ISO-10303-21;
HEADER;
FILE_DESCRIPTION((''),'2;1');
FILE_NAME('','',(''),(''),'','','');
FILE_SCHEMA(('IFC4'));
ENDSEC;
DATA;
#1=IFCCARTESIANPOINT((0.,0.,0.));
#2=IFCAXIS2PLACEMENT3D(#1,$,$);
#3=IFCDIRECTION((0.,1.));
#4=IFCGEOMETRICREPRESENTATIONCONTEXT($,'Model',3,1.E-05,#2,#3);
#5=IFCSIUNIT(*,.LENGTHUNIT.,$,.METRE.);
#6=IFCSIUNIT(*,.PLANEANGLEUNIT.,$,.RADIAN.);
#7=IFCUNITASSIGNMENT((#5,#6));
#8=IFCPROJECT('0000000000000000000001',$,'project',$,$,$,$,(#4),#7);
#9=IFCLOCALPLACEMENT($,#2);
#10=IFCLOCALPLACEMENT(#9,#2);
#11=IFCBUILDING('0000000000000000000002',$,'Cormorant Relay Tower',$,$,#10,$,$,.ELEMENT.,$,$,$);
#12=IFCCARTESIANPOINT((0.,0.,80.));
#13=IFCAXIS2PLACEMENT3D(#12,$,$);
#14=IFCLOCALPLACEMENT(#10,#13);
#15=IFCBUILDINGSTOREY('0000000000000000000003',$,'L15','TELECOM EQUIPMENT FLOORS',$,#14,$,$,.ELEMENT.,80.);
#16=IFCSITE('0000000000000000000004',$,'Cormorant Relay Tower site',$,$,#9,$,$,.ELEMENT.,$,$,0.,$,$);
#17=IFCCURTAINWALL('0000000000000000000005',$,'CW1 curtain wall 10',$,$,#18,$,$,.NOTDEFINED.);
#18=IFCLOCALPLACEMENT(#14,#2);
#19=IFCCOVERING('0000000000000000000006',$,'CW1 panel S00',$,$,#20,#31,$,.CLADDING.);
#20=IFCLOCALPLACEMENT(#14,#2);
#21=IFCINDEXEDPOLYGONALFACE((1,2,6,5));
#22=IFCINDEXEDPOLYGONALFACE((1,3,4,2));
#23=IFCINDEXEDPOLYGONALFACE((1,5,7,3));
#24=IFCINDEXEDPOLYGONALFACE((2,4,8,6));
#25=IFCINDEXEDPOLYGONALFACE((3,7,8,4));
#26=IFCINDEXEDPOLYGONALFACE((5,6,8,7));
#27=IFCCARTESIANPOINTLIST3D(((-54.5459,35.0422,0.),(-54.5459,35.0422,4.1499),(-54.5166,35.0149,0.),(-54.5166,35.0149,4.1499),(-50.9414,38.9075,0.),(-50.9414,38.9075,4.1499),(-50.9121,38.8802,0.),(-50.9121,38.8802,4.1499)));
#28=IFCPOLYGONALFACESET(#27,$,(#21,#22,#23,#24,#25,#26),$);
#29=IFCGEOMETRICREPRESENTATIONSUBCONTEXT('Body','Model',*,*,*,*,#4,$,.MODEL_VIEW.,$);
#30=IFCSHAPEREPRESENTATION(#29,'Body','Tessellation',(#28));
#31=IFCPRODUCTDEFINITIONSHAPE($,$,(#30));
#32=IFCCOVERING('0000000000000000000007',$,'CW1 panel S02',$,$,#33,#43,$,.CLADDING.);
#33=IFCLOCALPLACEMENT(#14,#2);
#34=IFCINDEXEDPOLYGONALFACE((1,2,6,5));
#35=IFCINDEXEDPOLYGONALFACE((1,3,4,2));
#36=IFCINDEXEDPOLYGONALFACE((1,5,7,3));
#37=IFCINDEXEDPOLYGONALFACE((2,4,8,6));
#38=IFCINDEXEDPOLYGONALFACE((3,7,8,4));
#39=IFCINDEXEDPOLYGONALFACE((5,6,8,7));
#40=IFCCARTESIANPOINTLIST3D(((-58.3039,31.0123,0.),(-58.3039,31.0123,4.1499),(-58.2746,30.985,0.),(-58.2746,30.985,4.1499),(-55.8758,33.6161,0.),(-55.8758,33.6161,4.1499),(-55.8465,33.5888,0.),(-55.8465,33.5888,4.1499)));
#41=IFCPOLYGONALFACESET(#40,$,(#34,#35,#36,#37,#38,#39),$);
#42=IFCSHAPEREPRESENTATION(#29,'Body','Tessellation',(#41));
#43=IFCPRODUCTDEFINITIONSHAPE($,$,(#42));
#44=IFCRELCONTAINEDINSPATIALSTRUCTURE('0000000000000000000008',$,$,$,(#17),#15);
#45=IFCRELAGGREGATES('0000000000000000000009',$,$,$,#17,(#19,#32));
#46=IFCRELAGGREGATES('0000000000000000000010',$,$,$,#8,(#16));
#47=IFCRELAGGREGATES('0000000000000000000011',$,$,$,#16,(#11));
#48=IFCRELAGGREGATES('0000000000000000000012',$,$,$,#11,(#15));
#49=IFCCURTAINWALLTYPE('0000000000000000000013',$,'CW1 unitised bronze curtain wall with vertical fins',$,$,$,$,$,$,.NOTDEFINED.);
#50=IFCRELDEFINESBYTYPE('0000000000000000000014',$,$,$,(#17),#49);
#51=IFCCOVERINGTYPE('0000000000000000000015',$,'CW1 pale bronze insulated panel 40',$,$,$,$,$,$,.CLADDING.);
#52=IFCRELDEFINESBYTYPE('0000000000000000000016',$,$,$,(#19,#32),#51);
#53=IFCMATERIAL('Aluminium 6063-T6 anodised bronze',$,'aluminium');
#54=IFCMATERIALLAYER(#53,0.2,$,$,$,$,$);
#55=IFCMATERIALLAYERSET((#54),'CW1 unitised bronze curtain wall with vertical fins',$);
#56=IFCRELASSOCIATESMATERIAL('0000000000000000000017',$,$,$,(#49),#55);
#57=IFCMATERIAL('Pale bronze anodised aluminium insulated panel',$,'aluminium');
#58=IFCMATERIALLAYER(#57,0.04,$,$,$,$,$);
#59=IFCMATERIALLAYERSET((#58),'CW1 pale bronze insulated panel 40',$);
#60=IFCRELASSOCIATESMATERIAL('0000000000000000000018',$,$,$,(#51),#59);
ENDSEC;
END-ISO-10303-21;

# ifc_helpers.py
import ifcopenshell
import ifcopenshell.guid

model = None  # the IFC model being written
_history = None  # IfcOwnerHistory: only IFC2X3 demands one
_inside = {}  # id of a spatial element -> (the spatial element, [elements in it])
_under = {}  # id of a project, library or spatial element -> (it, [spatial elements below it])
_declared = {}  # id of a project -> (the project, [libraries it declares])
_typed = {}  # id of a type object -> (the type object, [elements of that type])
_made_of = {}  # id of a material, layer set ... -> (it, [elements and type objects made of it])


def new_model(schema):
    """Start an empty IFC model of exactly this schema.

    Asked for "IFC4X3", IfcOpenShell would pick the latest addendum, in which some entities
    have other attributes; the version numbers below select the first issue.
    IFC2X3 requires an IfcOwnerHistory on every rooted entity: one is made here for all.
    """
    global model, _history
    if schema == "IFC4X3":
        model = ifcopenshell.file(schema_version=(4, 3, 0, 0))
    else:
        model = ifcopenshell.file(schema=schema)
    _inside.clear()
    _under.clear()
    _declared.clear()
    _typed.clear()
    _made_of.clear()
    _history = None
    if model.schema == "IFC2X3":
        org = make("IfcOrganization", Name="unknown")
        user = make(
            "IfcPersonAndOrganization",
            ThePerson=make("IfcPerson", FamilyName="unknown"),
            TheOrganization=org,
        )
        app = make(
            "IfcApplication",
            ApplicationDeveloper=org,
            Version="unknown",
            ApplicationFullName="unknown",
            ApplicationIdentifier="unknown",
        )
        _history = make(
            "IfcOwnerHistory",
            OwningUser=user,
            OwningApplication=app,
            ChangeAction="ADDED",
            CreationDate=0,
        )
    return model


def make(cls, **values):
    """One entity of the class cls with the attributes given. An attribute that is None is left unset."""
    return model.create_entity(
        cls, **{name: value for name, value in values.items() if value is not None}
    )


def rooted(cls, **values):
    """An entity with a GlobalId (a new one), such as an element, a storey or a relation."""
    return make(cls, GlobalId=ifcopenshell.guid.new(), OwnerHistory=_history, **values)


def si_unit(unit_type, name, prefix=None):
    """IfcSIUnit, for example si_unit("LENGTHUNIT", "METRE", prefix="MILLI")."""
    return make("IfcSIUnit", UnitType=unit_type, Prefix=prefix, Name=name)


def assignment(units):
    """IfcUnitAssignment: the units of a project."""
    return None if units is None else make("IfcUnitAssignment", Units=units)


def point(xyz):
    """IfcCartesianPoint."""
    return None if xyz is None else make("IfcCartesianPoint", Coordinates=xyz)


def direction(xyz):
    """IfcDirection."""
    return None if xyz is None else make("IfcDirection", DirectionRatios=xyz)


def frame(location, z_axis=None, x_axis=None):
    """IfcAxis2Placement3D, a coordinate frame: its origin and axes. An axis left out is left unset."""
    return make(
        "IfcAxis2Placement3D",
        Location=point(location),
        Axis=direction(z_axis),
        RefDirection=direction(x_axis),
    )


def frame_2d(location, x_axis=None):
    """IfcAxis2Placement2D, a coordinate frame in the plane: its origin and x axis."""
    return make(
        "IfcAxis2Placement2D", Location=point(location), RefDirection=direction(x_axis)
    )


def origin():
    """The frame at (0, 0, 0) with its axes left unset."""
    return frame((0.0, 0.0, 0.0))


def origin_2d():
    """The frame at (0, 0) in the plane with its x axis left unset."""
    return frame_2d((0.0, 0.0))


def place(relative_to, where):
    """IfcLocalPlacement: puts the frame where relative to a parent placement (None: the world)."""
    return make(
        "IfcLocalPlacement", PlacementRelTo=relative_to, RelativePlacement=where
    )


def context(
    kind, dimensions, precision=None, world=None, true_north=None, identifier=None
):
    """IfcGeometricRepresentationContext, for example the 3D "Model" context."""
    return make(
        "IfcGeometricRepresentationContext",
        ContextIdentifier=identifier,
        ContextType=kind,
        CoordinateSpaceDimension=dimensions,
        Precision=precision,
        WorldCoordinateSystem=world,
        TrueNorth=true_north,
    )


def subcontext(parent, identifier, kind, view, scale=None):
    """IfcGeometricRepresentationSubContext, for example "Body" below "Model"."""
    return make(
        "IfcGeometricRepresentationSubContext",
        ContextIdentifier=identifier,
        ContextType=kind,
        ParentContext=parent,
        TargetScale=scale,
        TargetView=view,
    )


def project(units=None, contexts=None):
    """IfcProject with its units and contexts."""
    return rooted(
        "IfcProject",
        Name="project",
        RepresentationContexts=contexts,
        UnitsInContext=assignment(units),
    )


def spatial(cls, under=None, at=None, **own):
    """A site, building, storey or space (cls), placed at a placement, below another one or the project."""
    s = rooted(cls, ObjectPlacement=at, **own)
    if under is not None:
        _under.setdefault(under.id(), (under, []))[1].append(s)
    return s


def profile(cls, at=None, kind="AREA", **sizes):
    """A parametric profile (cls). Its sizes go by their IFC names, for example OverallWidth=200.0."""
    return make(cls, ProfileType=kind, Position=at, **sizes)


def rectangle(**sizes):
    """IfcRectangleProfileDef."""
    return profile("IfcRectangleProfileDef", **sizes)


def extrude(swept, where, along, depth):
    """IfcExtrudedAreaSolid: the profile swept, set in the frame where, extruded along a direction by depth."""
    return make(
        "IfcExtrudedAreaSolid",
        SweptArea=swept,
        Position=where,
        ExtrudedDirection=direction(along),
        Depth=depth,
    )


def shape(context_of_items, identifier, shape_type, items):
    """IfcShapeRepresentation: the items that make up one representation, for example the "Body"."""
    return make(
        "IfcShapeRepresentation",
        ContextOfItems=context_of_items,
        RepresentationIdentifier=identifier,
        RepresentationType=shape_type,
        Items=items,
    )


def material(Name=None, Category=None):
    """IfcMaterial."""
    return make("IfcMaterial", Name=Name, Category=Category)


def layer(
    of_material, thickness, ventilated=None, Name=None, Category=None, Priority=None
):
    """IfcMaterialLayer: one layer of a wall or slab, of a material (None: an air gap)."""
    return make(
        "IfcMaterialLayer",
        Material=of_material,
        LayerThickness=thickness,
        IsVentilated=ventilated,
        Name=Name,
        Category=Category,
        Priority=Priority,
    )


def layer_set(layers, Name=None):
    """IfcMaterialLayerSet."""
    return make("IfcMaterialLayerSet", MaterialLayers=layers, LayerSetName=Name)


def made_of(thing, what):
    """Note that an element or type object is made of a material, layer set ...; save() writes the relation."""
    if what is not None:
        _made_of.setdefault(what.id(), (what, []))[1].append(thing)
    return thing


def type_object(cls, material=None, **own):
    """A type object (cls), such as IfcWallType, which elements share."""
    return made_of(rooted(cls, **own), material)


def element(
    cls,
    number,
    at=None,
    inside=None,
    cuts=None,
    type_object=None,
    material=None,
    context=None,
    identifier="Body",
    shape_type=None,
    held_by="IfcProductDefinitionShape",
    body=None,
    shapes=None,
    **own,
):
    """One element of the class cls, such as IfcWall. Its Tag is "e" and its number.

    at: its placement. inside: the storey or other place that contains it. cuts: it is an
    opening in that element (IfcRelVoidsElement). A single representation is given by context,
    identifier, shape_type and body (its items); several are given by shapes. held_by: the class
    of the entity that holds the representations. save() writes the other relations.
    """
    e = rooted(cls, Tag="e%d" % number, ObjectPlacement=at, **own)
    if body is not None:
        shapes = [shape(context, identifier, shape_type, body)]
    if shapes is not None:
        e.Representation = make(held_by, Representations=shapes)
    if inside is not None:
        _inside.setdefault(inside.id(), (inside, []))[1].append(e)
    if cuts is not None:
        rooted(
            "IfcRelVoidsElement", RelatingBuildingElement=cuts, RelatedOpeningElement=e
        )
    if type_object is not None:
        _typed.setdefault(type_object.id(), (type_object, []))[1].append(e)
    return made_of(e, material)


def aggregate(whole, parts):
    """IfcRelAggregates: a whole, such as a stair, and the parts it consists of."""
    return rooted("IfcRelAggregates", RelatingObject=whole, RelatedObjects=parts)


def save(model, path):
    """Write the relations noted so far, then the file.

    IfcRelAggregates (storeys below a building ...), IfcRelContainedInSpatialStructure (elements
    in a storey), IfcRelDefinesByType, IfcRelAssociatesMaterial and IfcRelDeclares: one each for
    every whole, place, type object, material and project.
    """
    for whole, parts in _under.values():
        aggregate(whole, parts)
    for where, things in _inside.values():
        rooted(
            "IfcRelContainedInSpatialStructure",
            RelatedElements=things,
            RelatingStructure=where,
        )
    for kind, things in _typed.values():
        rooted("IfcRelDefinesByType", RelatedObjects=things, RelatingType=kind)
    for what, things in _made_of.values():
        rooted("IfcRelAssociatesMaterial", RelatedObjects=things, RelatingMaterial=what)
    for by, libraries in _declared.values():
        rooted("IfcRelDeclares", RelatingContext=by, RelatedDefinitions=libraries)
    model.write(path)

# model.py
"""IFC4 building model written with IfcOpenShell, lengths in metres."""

from ifc_helpers import new_model, si_unit, direction, frame, origin, origin_2d, place, context, subcontext, project, spatial, rectangle, extrude, material, layer, layer_set, type_object, element, aggregate, save


model = new_model("IFC4")

# Units and contexts
model_context = context("Model", 3, precision=1e-05, world=origin(), true_north=direction((0.0, 1.0)))
body_context = subcontext(model_context, "Body", "Model", "MODEL_VIEW")
ifc_project = project(units=[si_unit("LENGTHUNIT", "METRE"), si_unit("PLANEANGLEUNIT", "RADIAN")], contexts=[model_context])

# Site, building, storey
site_placement = place(None, origin())
site = spatial("IfcSite", under=ifc_project, at=site_placement, Name="Cormorant Relay Tower site", CompositionType="ELEMENT", RefElevation=0.0)
building_placement = place(site_placement, origin())
building = spatial("IfcBuilding", under=site, at=building_placement, Name="Cormorant Relay Tower", CompositionType="ELEMENT")
storey_placement = place(building_placement, frame((0.0, 0.0, 80.0)))
storey = spatial("IfcBuildingStorey", under=building, at=storey_placement, Name="L15", Description="TELECOM EQUIPMENT FLOORS", CompositionType="ELEMENT", Elevation=80.0)

# Curtain wall
ifc_material_1 = material(Name="Aluminium 6063-T6 anodised bronze", Category="aluminium")
ifc_layer_1 = layer(ifc_material_1, 0.2)
ifc_layer_set_1 = layer_set([ifc_layer_1], Name="CW1 unitised bronze curtain wall with vertical fins")
curtain_wall_type = type_object("IfcCurtainWallType", Name="CW1 unitised bronze curtain wall with vertical fins", PredefinedType="NOTDEFINED", material=ifc_layer_set_1)
curtain_wall_1_placement = place(storey_placement, origin())
curtain_wall_1 = element("IfcCurtainWall", 1, at=curtain_wall_1_placement, inside=storey, type_object=curtain_wall_type, Name="CW1 curtain wall 10", PredefinedType="NOTDEFINED")

# Coverings
ifc_material_2 = material(Name="Pale bronze anodised aluminium insulated panel", Category="aluminium")
ifc_layer_2 = layer(ifc_material_2, 0.04)
ifc_layer_set_2 = layer_set([ifc_layer_2], Name="CW1 pale bronze insulated panel 40")
covering_type = type_object("IfcCoveringType", Name="CW1 pale bronze insulated panel 40", PredefinedType="CLADDING", material=ifc_layer_set_2)
covering_1_placement = place(storey_placement, frame((-52.729, 36.9612, 0.0), z_axis=(0.0, 0.0, 1.0), x_axis=(-0.681998, -0.731354, 0.0)))
covering_1 = element("IfcCovering", 2, at=covering_1_placement, type_object=covering_type, Name="CW1 panel S00", PredefinedType="CLADDING", context=body_context, shape_type="SweptSolid", body=[
    extrude(rectangle(XDim=5.2852, YDim=0.04, at=origin_2d()), origin(), (0.0, 0.0, 1.0), 4.1499),
])
covering_2_placement = place(storey_placement, frame((-57.0752, 32.3005, 0.0), z_axis=(0.0, 0.0, 1.0), x_axis=(-0.681998, -0.731354, 0.0)))
covering_2 = element("IfcCovering", 3, at=covering_2_placement, type_object=covering_type, Name="CW1 panel S02", PredefinedType="CLADDING", context=body_context, shape_type="SweptSolid", body=[
    extrude(rectangle(XDim=3.5603, YDim=0.04, at=origin_2d()), origin(), (0.0, 0.0, 1.0), 4.1499),
])
aggregate(curtain_wall_1, [covering_1, covering_2])

save(model, "model.ifc")
